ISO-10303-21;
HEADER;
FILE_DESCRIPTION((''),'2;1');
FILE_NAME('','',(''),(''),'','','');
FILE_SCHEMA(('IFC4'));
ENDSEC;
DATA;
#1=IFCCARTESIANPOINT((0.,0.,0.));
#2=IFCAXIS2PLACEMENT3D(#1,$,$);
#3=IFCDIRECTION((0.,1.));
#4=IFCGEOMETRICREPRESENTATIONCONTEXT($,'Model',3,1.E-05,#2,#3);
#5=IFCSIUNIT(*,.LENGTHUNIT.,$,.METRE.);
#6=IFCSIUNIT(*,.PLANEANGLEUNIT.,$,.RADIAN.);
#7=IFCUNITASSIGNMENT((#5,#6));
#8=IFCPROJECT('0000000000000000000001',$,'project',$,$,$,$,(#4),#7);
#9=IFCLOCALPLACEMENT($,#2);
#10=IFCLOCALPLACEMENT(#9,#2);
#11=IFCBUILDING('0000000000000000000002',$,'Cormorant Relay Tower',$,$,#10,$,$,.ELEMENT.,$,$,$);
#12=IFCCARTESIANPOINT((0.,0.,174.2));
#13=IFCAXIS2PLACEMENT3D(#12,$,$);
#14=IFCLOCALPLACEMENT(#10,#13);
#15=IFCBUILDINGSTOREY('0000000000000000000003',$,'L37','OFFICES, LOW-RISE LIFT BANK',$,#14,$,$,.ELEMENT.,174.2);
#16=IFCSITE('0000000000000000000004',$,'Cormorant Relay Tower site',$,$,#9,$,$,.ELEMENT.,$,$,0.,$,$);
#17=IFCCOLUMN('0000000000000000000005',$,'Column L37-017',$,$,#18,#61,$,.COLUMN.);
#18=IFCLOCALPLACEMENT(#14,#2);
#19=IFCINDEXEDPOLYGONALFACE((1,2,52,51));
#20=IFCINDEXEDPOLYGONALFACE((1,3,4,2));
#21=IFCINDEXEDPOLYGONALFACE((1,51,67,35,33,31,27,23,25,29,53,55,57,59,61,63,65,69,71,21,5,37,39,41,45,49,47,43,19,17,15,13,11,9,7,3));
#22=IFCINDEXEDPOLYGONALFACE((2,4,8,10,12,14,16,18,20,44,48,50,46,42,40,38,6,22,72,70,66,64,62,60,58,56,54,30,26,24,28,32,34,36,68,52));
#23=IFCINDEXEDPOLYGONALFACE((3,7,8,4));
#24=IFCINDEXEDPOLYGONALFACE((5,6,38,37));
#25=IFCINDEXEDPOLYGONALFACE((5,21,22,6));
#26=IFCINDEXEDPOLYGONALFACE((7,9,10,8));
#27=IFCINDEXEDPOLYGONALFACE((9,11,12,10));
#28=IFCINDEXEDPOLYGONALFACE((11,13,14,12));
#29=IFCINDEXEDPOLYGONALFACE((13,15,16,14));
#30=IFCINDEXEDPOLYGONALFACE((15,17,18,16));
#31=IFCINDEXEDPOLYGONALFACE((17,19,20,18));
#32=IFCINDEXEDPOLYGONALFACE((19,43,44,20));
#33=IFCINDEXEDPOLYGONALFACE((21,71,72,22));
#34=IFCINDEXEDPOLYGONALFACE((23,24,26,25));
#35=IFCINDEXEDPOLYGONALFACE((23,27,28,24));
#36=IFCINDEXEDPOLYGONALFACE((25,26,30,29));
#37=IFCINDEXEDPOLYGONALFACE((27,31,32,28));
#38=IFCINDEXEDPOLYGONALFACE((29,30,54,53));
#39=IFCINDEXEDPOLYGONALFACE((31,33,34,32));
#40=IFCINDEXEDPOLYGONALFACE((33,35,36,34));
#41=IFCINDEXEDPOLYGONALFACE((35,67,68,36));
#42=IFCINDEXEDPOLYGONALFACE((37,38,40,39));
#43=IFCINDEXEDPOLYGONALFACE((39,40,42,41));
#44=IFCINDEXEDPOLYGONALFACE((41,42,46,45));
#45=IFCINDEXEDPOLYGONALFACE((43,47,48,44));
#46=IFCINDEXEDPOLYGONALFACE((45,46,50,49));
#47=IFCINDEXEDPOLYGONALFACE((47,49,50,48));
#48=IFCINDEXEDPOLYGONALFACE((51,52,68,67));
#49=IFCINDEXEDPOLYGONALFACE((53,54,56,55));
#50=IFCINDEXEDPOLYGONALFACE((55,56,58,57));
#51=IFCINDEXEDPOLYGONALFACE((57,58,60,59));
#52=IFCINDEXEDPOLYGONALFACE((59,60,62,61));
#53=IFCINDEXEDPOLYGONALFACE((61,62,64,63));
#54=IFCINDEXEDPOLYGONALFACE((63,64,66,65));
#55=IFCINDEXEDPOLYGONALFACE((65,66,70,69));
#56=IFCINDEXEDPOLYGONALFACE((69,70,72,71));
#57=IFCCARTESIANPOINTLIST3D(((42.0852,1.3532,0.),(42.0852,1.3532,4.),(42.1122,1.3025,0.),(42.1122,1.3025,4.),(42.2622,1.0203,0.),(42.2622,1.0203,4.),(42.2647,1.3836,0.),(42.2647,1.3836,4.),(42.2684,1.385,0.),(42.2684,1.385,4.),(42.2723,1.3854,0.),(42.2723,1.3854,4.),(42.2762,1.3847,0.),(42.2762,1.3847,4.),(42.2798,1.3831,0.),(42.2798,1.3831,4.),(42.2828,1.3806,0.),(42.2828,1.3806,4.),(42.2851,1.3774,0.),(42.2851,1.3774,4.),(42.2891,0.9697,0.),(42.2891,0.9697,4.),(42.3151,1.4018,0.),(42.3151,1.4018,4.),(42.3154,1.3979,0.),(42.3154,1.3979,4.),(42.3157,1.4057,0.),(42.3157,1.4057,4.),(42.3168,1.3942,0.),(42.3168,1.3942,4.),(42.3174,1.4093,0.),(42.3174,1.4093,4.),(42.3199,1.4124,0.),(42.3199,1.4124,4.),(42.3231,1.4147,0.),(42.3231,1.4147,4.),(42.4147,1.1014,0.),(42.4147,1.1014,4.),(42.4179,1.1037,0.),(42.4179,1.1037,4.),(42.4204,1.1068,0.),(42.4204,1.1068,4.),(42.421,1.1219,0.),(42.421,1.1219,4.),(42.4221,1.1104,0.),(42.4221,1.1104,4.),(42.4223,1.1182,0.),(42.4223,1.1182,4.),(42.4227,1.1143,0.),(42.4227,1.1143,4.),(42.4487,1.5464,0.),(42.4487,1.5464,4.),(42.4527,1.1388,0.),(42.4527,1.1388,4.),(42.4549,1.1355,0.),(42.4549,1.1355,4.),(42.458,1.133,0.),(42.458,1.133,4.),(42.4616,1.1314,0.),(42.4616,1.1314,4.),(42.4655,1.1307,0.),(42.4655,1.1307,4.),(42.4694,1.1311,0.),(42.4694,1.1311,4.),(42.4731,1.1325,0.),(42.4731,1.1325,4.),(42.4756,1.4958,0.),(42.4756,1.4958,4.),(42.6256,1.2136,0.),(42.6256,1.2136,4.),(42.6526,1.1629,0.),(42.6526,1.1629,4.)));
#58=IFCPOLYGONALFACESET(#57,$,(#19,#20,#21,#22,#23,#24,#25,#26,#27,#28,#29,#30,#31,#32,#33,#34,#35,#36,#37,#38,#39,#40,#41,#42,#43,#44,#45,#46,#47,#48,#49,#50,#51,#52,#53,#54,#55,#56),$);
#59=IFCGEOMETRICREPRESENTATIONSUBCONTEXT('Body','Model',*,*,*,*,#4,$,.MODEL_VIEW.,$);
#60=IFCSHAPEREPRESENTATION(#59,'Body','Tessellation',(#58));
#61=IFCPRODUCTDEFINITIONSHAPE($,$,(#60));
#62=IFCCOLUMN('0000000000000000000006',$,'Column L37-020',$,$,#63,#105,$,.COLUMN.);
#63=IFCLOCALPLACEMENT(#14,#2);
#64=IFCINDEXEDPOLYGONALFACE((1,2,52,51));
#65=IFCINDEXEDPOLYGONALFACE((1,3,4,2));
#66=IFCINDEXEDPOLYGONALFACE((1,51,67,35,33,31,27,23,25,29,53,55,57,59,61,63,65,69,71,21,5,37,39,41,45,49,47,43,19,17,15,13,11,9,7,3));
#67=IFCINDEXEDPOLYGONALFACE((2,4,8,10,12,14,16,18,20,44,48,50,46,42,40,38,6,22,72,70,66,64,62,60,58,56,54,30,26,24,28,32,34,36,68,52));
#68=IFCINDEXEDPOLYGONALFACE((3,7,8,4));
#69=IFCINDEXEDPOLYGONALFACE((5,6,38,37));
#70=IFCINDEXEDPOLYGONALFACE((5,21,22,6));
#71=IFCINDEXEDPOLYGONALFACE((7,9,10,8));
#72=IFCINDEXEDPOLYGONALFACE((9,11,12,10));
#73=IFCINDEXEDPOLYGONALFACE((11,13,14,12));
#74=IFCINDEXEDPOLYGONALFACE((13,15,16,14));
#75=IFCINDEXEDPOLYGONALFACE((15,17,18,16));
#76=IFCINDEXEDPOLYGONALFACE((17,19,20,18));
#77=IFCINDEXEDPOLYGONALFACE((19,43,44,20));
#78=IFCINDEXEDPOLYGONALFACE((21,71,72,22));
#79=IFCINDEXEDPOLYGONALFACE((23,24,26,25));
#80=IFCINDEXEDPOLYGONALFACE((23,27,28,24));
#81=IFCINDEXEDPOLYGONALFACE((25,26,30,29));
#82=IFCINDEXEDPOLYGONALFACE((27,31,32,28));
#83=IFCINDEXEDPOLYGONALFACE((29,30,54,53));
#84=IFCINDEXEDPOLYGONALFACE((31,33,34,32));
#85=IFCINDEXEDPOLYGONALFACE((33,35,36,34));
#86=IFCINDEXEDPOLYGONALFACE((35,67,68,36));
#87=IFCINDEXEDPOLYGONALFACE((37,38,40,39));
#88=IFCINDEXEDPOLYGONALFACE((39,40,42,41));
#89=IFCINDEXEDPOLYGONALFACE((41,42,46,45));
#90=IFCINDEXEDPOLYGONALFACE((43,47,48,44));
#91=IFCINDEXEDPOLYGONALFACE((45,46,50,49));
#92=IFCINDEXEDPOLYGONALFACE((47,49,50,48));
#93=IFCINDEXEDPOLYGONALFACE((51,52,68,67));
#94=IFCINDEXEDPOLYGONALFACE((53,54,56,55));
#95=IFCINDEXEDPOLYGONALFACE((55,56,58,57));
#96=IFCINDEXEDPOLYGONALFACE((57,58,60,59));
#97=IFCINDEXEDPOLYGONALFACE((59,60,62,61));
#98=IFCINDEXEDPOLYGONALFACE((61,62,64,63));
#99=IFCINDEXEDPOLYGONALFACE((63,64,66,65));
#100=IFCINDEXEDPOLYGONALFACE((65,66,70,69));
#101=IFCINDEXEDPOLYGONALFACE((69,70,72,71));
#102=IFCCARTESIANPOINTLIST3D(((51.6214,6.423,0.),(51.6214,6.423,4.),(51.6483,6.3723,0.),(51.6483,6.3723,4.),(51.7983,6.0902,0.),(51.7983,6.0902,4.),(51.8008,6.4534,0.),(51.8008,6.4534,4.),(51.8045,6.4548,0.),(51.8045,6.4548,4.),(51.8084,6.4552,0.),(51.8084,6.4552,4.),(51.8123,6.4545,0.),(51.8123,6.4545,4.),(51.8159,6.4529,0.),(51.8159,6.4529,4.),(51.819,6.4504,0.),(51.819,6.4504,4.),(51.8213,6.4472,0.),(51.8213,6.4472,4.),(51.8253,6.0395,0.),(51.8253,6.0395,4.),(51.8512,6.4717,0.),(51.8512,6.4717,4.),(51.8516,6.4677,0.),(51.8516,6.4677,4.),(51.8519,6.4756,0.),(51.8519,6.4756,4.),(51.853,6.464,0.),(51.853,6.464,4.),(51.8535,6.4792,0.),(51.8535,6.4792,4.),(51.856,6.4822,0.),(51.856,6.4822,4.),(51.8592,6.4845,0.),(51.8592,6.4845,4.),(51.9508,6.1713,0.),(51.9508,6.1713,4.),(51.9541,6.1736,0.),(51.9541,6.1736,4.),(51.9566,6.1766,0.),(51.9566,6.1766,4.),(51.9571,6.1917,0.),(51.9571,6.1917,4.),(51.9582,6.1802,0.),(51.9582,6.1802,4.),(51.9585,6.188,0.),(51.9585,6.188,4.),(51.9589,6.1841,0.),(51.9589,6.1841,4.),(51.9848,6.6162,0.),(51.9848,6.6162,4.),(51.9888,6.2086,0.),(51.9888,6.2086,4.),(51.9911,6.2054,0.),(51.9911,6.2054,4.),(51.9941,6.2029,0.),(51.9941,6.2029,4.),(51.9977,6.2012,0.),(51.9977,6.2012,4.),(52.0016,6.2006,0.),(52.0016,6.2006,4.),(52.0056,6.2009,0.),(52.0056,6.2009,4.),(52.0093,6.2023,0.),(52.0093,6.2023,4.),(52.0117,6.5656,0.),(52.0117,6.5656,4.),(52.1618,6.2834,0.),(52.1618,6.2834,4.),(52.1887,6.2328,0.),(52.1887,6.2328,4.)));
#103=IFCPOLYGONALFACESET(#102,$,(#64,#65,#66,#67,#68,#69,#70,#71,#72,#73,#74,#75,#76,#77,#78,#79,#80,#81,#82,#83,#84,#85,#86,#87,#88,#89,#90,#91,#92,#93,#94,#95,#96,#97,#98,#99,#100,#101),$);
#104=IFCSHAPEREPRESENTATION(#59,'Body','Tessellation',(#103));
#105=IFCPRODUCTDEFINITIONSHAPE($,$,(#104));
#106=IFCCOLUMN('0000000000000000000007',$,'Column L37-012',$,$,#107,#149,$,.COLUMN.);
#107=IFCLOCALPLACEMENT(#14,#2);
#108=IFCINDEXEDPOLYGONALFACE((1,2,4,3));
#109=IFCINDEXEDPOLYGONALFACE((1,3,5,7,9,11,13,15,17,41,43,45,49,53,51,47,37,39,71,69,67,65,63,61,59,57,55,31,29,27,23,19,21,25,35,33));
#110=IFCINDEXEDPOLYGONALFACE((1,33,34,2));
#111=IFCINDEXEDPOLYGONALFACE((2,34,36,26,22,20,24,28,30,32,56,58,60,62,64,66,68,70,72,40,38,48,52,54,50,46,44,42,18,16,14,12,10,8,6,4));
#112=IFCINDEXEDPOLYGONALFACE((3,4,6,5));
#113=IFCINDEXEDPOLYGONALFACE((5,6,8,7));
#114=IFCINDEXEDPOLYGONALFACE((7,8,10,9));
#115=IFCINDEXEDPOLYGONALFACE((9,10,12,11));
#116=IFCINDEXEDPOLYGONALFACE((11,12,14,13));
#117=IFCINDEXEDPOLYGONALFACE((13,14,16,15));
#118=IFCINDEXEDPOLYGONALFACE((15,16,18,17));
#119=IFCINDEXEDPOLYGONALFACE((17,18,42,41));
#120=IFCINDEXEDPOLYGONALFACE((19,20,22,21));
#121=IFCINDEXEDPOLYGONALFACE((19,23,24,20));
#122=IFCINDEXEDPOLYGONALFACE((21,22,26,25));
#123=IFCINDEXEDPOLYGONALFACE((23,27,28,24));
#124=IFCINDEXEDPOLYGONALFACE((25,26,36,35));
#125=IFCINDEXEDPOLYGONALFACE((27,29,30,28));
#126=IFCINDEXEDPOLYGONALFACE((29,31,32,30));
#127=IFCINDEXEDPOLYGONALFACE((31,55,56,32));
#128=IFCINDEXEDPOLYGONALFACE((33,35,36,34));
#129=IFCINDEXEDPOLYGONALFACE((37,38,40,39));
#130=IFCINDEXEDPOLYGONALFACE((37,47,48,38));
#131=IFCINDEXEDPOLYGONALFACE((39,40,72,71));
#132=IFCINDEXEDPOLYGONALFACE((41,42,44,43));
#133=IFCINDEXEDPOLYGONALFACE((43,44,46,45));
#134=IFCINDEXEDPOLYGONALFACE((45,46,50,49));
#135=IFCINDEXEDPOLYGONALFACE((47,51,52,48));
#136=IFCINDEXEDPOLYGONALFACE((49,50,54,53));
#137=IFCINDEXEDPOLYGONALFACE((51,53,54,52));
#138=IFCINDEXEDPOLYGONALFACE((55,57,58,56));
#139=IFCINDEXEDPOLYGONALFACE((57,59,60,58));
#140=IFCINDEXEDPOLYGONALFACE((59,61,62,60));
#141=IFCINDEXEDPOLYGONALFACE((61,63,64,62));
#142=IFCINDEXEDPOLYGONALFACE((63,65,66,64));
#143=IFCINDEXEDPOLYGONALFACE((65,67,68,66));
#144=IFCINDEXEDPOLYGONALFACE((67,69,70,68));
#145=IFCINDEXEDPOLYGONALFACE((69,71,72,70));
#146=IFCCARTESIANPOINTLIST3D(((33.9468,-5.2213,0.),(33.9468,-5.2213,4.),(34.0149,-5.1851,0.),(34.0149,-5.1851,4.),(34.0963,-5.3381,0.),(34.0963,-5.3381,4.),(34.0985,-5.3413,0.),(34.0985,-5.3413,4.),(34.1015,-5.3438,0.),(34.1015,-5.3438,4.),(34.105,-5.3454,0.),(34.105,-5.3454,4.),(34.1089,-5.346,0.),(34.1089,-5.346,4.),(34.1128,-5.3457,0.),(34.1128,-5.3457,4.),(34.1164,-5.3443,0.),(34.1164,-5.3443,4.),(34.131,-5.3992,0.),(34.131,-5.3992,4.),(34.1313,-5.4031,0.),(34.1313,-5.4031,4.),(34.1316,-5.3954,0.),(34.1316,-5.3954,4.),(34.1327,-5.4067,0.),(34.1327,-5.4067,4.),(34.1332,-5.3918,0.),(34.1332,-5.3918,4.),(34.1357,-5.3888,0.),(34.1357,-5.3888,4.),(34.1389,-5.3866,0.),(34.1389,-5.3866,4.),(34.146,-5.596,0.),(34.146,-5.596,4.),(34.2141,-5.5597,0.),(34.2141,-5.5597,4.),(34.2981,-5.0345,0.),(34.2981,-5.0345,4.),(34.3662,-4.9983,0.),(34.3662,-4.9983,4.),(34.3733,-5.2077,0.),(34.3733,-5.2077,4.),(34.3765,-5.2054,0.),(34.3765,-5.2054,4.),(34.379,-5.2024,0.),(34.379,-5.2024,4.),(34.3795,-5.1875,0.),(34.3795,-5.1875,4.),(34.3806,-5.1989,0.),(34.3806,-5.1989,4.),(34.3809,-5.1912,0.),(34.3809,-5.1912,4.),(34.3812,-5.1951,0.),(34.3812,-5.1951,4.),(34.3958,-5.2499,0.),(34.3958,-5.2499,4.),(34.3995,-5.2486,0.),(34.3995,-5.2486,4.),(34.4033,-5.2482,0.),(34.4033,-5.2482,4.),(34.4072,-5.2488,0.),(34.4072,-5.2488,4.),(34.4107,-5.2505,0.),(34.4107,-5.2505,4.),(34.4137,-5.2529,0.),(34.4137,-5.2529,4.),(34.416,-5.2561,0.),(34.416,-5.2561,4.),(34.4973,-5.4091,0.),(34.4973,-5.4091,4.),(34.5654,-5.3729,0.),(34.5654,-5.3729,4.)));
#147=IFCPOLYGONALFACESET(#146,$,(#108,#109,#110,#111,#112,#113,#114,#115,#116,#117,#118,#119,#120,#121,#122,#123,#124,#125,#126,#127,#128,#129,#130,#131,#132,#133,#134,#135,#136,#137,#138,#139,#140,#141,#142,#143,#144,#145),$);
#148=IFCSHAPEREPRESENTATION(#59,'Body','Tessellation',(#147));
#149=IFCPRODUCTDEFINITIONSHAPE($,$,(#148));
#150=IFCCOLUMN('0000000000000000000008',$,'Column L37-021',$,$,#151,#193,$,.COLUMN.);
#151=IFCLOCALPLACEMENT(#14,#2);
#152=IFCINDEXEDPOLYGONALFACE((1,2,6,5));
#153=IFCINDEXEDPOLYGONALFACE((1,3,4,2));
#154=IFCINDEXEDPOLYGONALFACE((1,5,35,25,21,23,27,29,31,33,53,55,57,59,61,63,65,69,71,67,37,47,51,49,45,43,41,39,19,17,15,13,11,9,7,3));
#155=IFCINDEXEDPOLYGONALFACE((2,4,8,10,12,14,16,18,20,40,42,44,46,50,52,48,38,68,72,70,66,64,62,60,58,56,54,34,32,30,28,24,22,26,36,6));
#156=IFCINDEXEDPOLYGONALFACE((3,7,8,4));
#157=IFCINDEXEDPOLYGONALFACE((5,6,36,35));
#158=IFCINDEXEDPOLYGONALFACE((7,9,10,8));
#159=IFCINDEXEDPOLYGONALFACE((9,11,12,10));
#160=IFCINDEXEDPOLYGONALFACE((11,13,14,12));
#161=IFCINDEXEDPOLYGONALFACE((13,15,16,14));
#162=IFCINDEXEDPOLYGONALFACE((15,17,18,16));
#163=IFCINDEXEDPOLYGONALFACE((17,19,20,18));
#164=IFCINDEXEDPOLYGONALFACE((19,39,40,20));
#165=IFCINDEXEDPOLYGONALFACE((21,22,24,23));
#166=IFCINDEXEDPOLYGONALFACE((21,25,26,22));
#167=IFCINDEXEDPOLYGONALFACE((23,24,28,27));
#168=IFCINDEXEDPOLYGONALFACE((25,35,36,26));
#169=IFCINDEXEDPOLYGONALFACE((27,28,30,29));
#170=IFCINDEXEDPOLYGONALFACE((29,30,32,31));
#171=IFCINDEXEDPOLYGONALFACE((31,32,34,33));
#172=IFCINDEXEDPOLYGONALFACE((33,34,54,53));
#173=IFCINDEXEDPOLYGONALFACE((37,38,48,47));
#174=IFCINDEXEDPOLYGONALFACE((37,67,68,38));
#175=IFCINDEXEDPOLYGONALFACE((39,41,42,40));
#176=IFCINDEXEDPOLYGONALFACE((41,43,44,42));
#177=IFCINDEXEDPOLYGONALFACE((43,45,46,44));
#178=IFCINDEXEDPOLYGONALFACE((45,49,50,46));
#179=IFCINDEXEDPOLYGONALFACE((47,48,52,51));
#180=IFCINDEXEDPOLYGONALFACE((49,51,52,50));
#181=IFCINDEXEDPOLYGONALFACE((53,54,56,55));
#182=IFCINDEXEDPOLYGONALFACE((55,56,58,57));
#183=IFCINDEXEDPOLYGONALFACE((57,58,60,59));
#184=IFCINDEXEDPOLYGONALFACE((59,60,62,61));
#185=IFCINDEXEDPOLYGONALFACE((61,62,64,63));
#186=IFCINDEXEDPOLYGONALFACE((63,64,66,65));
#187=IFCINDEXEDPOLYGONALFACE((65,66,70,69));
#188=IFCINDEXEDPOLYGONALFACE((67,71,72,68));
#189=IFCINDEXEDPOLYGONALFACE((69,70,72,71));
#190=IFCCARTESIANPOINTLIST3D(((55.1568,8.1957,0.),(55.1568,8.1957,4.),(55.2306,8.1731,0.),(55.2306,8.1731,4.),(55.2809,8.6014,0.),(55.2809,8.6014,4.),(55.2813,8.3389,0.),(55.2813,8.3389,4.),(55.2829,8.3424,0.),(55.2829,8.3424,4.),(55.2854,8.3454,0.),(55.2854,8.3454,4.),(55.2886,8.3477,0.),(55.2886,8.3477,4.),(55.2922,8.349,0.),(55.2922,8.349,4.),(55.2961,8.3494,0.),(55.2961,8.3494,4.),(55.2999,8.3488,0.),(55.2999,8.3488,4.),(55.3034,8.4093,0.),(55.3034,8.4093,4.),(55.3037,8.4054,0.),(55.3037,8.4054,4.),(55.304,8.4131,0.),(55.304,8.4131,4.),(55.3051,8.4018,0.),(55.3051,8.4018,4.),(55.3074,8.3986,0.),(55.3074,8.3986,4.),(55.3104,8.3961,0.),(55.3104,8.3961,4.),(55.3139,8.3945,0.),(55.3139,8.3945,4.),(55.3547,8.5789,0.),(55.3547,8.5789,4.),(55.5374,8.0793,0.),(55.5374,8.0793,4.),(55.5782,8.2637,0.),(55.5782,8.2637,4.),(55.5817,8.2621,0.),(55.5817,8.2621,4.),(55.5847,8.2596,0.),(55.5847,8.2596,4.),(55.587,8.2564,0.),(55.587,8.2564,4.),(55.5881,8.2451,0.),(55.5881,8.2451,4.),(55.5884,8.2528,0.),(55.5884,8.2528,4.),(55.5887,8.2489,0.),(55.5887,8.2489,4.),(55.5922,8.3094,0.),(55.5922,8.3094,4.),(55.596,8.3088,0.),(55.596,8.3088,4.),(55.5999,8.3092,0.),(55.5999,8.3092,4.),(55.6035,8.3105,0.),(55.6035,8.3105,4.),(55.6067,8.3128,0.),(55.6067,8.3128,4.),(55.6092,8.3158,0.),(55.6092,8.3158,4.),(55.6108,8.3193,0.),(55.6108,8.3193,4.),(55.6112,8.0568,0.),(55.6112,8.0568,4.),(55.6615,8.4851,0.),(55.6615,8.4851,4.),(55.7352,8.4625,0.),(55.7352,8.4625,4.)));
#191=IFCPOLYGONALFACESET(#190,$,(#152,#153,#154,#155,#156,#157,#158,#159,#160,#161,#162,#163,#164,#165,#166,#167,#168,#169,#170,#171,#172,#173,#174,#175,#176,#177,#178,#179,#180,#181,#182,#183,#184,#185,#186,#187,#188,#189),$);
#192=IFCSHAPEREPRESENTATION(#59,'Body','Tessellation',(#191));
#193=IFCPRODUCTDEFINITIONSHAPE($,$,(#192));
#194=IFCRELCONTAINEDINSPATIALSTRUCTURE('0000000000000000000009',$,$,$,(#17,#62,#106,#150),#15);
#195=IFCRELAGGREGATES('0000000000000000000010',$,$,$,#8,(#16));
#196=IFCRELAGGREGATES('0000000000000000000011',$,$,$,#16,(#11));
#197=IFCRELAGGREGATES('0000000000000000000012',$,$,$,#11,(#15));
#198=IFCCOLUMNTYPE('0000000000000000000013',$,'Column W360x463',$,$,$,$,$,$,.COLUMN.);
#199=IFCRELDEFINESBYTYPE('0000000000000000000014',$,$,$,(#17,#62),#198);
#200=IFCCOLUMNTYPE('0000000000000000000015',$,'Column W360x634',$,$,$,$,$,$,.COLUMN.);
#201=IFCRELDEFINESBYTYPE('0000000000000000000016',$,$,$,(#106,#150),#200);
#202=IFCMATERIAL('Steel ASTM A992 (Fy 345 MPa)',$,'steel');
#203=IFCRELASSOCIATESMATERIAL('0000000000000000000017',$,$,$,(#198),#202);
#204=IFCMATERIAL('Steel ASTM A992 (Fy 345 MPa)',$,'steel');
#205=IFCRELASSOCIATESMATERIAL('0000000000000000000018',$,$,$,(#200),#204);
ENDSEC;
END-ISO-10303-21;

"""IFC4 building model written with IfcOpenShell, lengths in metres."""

from ifc_helpers import new_model, si_unit, direction, frame, origin, origin_2d, place, context, subcontext, project, spatial, i_section, extrude, material, material_profile, profile_set, type_object, element, save


model = new_model("IFC4")

# Units and contexts
model_context = context("Model", 3, precision=1e-05, world=origin(), true_north=direction((0.0, 1.0)))
body_context = subcontext(model_context, "Body", "Model", "MODEL_VIEW")
ifc_project = project(units=[si_unit("LENGTHUNIT", "METRE"), si_unit("PLANEANGLEUNIT", "RADIAN")], contexts=[model_context])

# Site, building, storey
site_placement = place(None, origin())
site = spatial("IfcSite", under=ifc_project, at=site_placement, Name="Cormorant Relay Tower site", CompositionType="ELEMENT", RefElevation=0.0)
building_placement = place(site_placement, origin())
building = spatial("IfcBuilding", under=site, at=building_placement, Name="Cormorant Relay Tower", CompositionType="ELEMENT")
storey_placement = place(building_placement, frame((0.0, 0.0, 174.2)))
storey = spatial("IfcBuildingStorey", under=building, at=storey_placement, Name="L37", Description="OFFICES, LOW-RISE LIFT BANK", CompositionType="ELEMENT", Elevation=174.2)

# Columns
ifc_material_1 = material(Name="Steel ASTM A992 (Fy 345 MPa)", Category="steel")
ifc_material_profile_1 = material_profile(ifc_material_1, i_section(OverallWidth=0.4116, OverallDepth=0.4343, WebThickness=0.0359, FlangeThickness=0.0574, FilletRadius=0.0151, at=origin_2d()), Name="W360x463")
ifc_profile_set_1 = profile_set([ifc_material_profile_1], Name="Steel ASTM A992 (Fy 345 MPa)")
column_type_1 = type_object("IfcColumnType", Name="Column W360x463", PredefinedType="COLUMN", material=ifc_profile_set_1)
for number, where, z_axis, x_axis, name in (
    (1, (42.3689, 1.2581, 0.0), (0.0, 0.0, 1.0), (0.882948, 0.469472, 0.0), "Column L37-017"),
    (2, (51.905, 6.3279, 0.0), (0.0, 0.0, 1.0), (0.882948, 0.469472, 0.0), "Column L37-020"),
):
    element("IfcColumn", number, at=place(storey_placement, frame(where, z_axis=z_axis, x_axis=x_axis)), inside=storey, type_object=column_type_1, Name=name, PredefinedType="COLUMN", context=body_context, shape_type="SweptSolid", body=[
        extrude(i_section(OverallWidth=0.4116, OverallDepth=0.4343, WebThickness=0.0359, FlangeThickness=0.0574, FilletRadius=0.0151, at=origin_2d()), origin(), (0.0, 0.0, 1.0), 4.0),
    ])
ifc_material_2 = material(Name="Steel ASTM A992 (Fy 345 MPa)", Category="steel")
ifc_material_profile_2 = material_profile(ifc_material_2, i_section(OverallWidth=0.4243, OverallDepth=0.4751, WebThickness=0.0479, FlangeThickness=0.0771, FilletRadius=0.0149, at=origin_2d()), Name="W360x634")
ifc_profile_set_2 = profile_set([ifc_material_profile_2], Name="Steel ASTM A992 (Fy 345 MPa)")
column_type_2 = type_object("IfcColumnType", Name="Column W360x634", PredefinedType="COLUMN", material=ifc_profile_set_2)
for number, where, z_axis, x_axis, name in (
    (3, (34.2561, -5.2971, 0.0), (0.0, 0.0, 1.0), (-0.469472, 0.882948, 0.0), "Column L37-012"),
    (4, (55.446, 8.3291, 0.0), (0.0, 0.0, 1.0), (0.292372, 0.956305, 0.0), "Column L37-021"),
):
    element("IfcColumn", number, at=place(storey_placement, frame(where, z_axis=z_axis, x_axis=x_axis)), inside=storey, type_object=column_type_2, Name=name, PredefinedType="COLUMN", context=body_context, shape_type="SweptSolid", body=[
        extrude(i_section(OverallWidth=0.4243, OverallDepth=0.4751, WebThickness=0.0479, FlangeThickness=0.0771, FilletRadius=0.0149, at=origin_2d()), origin(), (0.0, 0.0, 1.0), 4.0),
    ])

save(model, "model.ifc")
